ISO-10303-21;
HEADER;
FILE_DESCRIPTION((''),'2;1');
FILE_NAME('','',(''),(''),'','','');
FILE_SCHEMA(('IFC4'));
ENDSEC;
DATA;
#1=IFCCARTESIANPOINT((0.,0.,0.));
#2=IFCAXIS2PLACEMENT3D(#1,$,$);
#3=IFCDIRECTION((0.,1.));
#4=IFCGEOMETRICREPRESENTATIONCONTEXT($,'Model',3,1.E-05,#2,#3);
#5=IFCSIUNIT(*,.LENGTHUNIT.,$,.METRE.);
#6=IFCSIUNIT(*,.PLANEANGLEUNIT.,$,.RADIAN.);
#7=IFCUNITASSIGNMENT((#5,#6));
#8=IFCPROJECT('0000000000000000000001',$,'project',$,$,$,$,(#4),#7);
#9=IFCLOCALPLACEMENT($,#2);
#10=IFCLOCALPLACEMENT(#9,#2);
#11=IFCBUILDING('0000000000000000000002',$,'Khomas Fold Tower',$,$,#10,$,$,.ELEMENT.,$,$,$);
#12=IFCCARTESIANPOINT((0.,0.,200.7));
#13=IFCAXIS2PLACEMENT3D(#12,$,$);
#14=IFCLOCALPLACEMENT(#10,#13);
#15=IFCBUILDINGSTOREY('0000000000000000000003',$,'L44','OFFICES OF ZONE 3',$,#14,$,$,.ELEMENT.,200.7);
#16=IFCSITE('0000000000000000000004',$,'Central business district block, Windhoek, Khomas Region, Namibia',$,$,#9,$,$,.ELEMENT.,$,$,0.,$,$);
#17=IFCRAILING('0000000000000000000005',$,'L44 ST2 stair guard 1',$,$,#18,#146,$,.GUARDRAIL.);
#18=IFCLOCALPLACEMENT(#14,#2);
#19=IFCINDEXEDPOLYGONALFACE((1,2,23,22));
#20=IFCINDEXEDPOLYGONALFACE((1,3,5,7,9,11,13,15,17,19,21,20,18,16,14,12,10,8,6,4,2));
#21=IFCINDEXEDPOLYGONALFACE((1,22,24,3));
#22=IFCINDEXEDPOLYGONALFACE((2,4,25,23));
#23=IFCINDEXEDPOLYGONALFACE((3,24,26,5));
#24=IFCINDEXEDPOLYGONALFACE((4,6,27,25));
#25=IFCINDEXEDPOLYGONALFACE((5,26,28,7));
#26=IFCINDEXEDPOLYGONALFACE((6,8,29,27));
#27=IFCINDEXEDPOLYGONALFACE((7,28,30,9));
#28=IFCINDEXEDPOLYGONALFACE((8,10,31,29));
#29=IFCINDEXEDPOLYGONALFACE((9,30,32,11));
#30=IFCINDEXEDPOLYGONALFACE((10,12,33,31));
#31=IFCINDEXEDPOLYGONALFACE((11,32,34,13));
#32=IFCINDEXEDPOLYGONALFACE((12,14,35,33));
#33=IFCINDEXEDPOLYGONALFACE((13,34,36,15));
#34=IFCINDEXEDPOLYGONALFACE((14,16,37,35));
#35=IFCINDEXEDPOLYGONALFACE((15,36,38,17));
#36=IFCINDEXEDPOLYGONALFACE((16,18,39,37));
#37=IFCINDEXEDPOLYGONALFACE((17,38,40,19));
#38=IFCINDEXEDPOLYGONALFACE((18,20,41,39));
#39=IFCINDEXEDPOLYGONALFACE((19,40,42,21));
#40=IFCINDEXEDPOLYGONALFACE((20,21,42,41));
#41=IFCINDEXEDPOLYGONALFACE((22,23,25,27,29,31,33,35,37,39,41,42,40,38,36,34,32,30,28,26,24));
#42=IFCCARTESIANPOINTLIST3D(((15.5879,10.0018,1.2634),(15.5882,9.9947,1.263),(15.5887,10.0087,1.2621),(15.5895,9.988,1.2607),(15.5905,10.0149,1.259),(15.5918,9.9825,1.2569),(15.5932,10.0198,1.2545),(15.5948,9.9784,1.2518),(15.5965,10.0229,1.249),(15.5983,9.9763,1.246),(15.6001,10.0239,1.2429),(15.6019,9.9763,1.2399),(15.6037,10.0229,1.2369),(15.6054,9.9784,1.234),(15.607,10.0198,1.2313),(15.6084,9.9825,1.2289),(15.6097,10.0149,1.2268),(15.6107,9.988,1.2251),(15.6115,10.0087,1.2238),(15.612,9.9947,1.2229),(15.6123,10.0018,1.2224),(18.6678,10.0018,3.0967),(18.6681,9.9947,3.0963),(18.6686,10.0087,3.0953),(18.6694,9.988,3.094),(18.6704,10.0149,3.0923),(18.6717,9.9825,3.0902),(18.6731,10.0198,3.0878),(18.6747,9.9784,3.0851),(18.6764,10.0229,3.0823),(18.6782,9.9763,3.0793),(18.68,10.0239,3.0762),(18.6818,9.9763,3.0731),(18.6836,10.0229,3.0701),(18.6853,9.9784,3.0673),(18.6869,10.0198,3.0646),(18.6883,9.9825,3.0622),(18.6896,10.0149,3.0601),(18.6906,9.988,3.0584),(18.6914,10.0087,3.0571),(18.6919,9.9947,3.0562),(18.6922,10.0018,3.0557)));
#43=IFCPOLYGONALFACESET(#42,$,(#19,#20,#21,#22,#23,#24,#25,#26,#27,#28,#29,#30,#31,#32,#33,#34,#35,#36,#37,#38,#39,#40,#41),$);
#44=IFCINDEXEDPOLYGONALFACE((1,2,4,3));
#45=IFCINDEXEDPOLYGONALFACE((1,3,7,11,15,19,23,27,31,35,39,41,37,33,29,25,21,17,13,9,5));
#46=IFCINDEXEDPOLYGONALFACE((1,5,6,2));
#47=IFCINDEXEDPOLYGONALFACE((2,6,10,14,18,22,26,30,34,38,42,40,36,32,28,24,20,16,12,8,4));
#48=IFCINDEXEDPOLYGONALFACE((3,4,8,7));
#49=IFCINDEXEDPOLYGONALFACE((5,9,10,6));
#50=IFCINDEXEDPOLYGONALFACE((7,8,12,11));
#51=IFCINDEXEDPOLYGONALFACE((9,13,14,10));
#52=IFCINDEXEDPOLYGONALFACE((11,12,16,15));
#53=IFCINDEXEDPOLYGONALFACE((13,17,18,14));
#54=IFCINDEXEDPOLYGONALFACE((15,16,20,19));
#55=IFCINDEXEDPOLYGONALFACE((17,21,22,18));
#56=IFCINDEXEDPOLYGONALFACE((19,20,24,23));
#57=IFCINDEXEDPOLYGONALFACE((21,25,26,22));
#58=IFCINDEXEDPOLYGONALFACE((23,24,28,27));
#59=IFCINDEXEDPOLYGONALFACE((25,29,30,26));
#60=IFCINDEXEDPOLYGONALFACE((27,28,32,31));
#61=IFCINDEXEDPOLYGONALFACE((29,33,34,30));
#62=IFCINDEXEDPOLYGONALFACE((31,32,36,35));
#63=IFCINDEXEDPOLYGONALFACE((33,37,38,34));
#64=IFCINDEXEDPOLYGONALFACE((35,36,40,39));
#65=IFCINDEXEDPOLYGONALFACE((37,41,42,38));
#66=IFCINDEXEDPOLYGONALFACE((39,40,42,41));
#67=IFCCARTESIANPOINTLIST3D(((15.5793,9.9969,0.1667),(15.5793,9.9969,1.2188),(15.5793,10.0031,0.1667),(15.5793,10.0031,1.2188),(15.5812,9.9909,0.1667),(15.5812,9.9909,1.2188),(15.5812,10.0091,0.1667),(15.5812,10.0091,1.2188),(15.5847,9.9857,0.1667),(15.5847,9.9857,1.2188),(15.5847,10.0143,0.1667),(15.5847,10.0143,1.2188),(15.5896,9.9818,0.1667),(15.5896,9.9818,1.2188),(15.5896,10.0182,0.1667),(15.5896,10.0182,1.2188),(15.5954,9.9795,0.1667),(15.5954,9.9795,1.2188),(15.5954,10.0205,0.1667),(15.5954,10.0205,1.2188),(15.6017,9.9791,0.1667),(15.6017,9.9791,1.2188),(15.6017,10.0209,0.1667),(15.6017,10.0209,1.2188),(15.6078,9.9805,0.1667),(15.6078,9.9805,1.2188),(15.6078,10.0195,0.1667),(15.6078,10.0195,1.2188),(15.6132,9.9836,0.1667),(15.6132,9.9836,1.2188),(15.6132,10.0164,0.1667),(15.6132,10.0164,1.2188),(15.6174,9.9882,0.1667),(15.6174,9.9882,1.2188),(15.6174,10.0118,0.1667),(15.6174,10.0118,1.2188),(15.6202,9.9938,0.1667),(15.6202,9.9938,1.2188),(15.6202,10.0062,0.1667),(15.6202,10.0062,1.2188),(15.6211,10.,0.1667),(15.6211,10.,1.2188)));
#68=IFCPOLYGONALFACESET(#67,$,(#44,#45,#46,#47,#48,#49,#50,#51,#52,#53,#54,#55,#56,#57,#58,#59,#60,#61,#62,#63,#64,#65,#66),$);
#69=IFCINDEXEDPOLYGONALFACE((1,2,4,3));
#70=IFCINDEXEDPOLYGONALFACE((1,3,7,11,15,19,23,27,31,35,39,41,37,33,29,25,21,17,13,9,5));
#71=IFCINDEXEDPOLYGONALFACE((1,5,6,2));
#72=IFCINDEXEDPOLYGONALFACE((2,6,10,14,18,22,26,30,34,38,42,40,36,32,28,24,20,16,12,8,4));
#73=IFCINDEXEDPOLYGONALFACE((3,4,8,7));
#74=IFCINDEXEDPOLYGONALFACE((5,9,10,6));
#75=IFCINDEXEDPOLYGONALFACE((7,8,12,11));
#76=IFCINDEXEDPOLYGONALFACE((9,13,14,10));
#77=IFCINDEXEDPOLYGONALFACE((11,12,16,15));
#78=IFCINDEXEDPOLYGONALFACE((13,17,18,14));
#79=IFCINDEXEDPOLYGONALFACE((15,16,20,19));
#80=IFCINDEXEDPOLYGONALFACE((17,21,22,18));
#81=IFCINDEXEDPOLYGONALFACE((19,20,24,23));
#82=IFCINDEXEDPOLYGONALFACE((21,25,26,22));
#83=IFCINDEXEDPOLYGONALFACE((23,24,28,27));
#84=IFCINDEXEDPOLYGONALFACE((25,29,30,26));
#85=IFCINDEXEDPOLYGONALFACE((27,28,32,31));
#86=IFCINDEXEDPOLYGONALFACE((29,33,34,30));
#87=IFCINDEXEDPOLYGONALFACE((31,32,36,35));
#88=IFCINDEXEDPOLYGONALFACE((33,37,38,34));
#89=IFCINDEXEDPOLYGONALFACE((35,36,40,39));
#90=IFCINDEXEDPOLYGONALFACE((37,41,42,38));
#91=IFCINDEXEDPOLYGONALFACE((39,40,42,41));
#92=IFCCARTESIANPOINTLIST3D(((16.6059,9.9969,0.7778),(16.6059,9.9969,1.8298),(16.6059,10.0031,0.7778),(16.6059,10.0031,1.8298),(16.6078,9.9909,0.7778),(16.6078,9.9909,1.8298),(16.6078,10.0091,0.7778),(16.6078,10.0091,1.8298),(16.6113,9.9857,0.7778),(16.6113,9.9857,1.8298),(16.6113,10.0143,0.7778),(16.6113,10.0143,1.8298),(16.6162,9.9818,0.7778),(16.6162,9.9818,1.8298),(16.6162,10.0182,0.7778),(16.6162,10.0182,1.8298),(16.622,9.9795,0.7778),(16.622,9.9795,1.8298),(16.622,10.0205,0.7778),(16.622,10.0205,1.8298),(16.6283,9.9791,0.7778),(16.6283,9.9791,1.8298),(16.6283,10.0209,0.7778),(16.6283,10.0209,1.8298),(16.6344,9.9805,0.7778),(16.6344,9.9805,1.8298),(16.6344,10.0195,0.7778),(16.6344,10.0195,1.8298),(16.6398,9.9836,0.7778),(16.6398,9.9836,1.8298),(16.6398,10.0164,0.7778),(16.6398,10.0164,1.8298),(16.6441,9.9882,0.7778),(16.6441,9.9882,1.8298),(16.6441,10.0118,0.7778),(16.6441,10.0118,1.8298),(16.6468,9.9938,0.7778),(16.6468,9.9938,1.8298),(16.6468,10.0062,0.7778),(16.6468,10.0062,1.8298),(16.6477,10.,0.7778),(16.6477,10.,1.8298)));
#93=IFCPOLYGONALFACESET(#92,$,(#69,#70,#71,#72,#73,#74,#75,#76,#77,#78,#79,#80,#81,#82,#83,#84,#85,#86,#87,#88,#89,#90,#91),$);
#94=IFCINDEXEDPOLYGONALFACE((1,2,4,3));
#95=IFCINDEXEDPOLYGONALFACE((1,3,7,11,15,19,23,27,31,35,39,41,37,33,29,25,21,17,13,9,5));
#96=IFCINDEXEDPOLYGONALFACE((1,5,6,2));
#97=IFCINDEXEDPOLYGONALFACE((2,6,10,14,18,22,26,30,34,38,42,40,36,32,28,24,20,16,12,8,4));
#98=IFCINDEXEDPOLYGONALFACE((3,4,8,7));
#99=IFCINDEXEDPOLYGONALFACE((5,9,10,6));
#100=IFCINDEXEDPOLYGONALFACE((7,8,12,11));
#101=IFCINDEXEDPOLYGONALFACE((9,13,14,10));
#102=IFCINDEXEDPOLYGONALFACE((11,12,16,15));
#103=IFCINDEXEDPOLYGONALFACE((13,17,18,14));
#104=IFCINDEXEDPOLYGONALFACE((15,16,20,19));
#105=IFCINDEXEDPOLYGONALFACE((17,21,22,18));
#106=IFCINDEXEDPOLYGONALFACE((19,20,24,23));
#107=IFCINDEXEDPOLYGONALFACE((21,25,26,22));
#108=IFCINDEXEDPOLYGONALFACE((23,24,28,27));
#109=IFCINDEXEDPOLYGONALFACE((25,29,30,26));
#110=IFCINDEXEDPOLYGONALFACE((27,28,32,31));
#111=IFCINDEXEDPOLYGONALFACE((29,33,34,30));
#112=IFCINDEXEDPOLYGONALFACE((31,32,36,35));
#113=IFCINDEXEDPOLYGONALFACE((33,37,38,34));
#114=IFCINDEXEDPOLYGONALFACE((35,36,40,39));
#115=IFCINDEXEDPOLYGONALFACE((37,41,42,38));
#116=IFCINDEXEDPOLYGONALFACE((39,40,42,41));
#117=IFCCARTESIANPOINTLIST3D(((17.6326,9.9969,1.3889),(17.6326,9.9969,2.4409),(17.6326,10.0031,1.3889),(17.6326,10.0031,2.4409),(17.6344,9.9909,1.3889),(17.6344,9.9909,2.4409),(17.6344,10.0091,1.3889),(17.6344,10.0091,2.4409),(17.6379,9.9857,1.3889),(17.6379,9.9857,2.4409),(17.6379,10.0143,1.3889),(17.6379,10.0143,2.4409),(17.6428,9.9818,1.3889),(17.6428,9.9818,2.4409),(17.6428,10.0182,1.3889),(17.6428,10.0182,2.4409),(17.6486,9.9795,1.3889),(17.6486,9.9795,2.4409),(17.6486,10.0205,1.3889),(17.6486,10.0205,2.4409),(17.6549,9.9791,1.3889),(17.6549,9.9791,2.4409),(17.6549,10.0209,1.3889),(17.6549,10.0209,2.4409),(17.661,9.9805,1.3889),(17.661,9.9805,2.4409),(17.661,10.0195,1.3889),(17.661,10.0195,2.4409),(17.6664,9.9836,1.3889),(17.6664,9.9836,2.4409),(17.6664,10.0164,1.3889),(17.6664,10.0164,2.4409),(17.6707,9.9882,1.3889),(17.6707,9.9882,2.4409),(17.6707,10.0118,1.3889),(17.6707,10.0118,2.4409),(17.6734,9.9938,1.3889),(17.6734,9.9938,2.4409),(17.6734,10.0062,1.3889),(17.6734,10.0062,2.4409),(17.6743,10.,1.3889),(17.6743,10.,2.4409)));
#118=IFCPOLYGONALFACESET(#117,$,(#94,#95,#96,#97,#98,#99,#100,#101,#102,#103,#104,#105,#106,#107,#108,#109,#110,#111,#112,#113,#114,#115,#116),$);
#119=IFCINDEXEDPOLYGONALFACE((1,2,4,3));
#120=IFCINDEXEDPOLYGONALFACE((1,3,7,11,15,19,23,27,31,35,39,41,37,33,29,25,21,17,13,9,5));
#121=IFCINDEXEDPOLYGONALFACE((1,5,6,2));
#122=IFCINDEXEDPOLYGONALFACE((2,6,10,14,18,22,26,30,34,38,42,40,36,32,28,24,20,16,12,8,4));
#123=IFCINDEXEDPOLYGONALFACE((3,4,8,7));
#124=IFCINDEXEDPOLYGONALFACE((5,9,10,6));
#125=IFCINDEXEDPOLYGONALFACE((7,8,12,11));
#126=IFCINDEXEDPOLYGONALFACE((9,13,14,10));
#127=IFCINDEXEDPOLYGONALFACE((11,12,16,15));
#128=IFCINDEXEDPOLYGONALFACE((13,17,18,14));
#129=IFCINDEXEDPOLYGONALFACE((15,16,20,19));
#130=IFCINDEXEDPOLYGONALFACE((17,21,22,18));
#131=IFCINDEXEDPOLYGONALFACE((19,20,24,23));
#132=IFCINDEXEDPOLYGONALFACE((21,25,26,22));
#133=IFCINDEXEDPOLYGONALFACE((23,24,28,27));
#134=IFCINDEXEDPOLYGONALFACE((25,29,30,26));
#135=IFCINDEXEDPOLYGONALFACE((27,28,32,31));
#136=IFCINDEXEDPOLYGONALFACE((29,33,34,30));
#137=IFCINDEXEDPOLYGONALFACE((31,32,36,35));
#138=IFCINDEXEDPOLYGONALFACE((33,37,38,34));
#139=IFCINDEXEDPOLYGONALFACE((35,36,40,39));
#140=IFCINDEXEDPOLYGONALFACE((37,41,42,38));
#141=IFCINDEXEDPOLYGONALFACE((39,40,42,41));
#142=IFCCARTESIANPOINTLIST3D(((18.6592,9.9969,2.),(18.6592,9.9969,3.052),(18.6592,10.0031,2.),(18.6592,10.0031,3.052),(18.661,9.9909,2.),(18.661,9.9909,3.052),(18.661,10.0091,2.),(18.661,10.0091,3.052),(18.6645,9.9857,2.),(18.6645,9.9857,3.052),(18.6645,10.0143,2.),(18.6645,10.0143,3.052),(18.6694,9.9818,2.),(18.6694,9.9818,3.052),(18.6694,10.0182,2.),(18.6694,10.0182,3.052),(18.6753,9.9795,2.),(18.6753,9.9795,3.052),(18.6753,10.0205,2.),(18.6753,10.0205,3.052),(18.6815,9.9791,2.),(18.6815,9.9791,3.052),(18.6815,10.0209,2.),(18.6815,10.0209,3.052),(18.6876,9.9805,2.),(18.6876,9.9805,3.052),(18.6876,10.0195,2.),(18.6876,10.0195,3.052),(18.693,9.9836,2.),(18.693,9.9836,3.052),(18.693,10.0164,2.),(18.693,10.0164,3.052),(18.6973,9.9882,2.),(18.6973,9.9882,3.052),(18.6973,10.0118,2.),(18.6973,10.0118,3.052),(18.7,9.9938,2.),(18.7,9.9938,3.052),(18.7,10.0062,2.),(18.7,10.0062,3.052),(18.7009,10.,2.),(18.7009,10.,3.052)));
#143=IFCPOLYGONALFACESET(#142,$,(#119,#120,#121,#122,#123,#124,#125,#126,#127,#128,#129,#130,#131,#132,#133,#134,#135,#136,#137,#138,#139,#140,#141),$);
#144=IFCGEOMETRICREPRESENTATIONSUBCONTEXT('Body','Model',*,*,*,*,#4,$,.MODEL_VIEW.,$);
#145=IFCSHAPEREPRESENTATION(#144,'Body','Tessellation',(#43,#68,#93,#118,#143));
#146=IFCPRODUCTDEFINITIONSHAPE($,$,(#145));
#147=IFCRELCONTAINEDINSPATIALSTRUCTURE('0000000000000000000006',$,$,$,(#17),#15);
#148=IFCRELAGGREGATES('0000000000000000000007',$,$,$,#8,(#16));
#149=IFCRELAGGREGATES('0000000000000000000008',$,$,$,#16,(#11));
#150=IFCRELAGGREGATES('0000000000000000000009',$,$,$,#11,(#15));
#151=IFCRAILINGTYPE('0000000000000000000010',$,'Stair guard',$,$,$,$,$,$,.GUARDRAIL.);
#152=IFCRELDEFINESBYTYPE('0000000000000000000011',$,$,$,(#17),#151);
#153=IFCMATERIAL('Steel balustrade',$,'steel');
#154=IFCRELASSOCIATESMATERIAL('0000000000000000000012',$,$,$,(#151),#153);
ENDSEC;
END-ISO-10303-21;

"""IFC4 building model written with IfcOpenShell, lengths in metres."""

from ifc_helpers import new_model, si_unit, direction, frame, origin, origin_2d, place, context, subcontext, project, spatial, circle, extrude, source, transform, mapped, material, type_object, element, save


model = new_model("IFC4")

# Units and contexts
model_context = context("Model", 3, precision=1e-05, world=origin(), true_north=direction((0.0, 1.0)))
body_context = subcontext(model_context, "Body", "Model", "MODEL_VIEW")
ifc_project = project(units=[si_unit("LENGTHUNIT", "METRE"), si_unit("PLANEANGLEUNIT", "RADIAN")], contexts=[model_context])

# Site, building, storey
site_placement = place(None, origin())
site = spatial("IfcSite", under=ifc_project, at=site_placement, Name="Central business district block, Windhoek, Khomas Region, Namibia", CompositionType="ELEMENT", RefElevation=0.0)
building_placement = place(site_placement, origin())
building = spatial("IfcBuilding", under=site, at=building_placement, Name="Khomas Fold Tower", CompositionType="ELEMENT")
storey_placement = place(building_placement, frame((0.0, 0.0, 200.7)))
storey = spatial("IfcBuildingStorey", under=building, at=storey_placement, Name="L44", Description="OFFICES OF ZONE 3", CompositionType="ELEMENT", Elevation=200.7)

# Railing
ifc_material_1 = material(Name="Steel balustrade", Category="steel")
railing_type_1 = type_object("IfcRailingType", Name="Stair guard", PredefinedType="GUARDRAIL", material=ifc_material_1)
shared_shape_1 = source(origin(), body_context, "Body", "SweptSolid", [
    extrude(circle(Radius=0.0239, at=origin_2d()), frame((0.0, 0.0, 1.0762), z_axis=(0.859291, 0.0, 0.511487), x_axis=(0.0, 1.0, 0.0)), (0.0, 0.0, 1.0), 3.5842),
    extrude(circle(Radius=0.021, at=origin_2d()), origin(), (0.0, 0.0, 1.0), 1.052),
    extrude(circle(Radius=0.021, at=origin_2d()), frame((1.0266, 0.0, 0.6111)), (0.0, 0.0, 1.0), 1.052),
    extrude(circle(Radius=0.021, at=origin_2d()), frame((2.0532, 0.0, 1.2222)), (0.0, 0.0, 1.0), 1.052),
    extrude(circle(Radius=0.021, at=origin_2d()), frame((3.0798, 0.0, 1.8333)), (0.0, 0.0, 1.0), 1.052),
])
railing_1_placement = place(storey_placement, frame((15.6001, 10.0, 0.1667)))
element("IfcRailing", 1, at=railing_1_placement, inside=storey, type_object=railing_type_1, Name="L44 ST2 stair guard 1", PredefinedType="GUARDRAIL", context=body_context, shape_type="MappedRepresentation", body=[
    mapped(shared_shape_1, transform((0.0, 0.0, 0.0))),
])

save(model, "model.ifc")
